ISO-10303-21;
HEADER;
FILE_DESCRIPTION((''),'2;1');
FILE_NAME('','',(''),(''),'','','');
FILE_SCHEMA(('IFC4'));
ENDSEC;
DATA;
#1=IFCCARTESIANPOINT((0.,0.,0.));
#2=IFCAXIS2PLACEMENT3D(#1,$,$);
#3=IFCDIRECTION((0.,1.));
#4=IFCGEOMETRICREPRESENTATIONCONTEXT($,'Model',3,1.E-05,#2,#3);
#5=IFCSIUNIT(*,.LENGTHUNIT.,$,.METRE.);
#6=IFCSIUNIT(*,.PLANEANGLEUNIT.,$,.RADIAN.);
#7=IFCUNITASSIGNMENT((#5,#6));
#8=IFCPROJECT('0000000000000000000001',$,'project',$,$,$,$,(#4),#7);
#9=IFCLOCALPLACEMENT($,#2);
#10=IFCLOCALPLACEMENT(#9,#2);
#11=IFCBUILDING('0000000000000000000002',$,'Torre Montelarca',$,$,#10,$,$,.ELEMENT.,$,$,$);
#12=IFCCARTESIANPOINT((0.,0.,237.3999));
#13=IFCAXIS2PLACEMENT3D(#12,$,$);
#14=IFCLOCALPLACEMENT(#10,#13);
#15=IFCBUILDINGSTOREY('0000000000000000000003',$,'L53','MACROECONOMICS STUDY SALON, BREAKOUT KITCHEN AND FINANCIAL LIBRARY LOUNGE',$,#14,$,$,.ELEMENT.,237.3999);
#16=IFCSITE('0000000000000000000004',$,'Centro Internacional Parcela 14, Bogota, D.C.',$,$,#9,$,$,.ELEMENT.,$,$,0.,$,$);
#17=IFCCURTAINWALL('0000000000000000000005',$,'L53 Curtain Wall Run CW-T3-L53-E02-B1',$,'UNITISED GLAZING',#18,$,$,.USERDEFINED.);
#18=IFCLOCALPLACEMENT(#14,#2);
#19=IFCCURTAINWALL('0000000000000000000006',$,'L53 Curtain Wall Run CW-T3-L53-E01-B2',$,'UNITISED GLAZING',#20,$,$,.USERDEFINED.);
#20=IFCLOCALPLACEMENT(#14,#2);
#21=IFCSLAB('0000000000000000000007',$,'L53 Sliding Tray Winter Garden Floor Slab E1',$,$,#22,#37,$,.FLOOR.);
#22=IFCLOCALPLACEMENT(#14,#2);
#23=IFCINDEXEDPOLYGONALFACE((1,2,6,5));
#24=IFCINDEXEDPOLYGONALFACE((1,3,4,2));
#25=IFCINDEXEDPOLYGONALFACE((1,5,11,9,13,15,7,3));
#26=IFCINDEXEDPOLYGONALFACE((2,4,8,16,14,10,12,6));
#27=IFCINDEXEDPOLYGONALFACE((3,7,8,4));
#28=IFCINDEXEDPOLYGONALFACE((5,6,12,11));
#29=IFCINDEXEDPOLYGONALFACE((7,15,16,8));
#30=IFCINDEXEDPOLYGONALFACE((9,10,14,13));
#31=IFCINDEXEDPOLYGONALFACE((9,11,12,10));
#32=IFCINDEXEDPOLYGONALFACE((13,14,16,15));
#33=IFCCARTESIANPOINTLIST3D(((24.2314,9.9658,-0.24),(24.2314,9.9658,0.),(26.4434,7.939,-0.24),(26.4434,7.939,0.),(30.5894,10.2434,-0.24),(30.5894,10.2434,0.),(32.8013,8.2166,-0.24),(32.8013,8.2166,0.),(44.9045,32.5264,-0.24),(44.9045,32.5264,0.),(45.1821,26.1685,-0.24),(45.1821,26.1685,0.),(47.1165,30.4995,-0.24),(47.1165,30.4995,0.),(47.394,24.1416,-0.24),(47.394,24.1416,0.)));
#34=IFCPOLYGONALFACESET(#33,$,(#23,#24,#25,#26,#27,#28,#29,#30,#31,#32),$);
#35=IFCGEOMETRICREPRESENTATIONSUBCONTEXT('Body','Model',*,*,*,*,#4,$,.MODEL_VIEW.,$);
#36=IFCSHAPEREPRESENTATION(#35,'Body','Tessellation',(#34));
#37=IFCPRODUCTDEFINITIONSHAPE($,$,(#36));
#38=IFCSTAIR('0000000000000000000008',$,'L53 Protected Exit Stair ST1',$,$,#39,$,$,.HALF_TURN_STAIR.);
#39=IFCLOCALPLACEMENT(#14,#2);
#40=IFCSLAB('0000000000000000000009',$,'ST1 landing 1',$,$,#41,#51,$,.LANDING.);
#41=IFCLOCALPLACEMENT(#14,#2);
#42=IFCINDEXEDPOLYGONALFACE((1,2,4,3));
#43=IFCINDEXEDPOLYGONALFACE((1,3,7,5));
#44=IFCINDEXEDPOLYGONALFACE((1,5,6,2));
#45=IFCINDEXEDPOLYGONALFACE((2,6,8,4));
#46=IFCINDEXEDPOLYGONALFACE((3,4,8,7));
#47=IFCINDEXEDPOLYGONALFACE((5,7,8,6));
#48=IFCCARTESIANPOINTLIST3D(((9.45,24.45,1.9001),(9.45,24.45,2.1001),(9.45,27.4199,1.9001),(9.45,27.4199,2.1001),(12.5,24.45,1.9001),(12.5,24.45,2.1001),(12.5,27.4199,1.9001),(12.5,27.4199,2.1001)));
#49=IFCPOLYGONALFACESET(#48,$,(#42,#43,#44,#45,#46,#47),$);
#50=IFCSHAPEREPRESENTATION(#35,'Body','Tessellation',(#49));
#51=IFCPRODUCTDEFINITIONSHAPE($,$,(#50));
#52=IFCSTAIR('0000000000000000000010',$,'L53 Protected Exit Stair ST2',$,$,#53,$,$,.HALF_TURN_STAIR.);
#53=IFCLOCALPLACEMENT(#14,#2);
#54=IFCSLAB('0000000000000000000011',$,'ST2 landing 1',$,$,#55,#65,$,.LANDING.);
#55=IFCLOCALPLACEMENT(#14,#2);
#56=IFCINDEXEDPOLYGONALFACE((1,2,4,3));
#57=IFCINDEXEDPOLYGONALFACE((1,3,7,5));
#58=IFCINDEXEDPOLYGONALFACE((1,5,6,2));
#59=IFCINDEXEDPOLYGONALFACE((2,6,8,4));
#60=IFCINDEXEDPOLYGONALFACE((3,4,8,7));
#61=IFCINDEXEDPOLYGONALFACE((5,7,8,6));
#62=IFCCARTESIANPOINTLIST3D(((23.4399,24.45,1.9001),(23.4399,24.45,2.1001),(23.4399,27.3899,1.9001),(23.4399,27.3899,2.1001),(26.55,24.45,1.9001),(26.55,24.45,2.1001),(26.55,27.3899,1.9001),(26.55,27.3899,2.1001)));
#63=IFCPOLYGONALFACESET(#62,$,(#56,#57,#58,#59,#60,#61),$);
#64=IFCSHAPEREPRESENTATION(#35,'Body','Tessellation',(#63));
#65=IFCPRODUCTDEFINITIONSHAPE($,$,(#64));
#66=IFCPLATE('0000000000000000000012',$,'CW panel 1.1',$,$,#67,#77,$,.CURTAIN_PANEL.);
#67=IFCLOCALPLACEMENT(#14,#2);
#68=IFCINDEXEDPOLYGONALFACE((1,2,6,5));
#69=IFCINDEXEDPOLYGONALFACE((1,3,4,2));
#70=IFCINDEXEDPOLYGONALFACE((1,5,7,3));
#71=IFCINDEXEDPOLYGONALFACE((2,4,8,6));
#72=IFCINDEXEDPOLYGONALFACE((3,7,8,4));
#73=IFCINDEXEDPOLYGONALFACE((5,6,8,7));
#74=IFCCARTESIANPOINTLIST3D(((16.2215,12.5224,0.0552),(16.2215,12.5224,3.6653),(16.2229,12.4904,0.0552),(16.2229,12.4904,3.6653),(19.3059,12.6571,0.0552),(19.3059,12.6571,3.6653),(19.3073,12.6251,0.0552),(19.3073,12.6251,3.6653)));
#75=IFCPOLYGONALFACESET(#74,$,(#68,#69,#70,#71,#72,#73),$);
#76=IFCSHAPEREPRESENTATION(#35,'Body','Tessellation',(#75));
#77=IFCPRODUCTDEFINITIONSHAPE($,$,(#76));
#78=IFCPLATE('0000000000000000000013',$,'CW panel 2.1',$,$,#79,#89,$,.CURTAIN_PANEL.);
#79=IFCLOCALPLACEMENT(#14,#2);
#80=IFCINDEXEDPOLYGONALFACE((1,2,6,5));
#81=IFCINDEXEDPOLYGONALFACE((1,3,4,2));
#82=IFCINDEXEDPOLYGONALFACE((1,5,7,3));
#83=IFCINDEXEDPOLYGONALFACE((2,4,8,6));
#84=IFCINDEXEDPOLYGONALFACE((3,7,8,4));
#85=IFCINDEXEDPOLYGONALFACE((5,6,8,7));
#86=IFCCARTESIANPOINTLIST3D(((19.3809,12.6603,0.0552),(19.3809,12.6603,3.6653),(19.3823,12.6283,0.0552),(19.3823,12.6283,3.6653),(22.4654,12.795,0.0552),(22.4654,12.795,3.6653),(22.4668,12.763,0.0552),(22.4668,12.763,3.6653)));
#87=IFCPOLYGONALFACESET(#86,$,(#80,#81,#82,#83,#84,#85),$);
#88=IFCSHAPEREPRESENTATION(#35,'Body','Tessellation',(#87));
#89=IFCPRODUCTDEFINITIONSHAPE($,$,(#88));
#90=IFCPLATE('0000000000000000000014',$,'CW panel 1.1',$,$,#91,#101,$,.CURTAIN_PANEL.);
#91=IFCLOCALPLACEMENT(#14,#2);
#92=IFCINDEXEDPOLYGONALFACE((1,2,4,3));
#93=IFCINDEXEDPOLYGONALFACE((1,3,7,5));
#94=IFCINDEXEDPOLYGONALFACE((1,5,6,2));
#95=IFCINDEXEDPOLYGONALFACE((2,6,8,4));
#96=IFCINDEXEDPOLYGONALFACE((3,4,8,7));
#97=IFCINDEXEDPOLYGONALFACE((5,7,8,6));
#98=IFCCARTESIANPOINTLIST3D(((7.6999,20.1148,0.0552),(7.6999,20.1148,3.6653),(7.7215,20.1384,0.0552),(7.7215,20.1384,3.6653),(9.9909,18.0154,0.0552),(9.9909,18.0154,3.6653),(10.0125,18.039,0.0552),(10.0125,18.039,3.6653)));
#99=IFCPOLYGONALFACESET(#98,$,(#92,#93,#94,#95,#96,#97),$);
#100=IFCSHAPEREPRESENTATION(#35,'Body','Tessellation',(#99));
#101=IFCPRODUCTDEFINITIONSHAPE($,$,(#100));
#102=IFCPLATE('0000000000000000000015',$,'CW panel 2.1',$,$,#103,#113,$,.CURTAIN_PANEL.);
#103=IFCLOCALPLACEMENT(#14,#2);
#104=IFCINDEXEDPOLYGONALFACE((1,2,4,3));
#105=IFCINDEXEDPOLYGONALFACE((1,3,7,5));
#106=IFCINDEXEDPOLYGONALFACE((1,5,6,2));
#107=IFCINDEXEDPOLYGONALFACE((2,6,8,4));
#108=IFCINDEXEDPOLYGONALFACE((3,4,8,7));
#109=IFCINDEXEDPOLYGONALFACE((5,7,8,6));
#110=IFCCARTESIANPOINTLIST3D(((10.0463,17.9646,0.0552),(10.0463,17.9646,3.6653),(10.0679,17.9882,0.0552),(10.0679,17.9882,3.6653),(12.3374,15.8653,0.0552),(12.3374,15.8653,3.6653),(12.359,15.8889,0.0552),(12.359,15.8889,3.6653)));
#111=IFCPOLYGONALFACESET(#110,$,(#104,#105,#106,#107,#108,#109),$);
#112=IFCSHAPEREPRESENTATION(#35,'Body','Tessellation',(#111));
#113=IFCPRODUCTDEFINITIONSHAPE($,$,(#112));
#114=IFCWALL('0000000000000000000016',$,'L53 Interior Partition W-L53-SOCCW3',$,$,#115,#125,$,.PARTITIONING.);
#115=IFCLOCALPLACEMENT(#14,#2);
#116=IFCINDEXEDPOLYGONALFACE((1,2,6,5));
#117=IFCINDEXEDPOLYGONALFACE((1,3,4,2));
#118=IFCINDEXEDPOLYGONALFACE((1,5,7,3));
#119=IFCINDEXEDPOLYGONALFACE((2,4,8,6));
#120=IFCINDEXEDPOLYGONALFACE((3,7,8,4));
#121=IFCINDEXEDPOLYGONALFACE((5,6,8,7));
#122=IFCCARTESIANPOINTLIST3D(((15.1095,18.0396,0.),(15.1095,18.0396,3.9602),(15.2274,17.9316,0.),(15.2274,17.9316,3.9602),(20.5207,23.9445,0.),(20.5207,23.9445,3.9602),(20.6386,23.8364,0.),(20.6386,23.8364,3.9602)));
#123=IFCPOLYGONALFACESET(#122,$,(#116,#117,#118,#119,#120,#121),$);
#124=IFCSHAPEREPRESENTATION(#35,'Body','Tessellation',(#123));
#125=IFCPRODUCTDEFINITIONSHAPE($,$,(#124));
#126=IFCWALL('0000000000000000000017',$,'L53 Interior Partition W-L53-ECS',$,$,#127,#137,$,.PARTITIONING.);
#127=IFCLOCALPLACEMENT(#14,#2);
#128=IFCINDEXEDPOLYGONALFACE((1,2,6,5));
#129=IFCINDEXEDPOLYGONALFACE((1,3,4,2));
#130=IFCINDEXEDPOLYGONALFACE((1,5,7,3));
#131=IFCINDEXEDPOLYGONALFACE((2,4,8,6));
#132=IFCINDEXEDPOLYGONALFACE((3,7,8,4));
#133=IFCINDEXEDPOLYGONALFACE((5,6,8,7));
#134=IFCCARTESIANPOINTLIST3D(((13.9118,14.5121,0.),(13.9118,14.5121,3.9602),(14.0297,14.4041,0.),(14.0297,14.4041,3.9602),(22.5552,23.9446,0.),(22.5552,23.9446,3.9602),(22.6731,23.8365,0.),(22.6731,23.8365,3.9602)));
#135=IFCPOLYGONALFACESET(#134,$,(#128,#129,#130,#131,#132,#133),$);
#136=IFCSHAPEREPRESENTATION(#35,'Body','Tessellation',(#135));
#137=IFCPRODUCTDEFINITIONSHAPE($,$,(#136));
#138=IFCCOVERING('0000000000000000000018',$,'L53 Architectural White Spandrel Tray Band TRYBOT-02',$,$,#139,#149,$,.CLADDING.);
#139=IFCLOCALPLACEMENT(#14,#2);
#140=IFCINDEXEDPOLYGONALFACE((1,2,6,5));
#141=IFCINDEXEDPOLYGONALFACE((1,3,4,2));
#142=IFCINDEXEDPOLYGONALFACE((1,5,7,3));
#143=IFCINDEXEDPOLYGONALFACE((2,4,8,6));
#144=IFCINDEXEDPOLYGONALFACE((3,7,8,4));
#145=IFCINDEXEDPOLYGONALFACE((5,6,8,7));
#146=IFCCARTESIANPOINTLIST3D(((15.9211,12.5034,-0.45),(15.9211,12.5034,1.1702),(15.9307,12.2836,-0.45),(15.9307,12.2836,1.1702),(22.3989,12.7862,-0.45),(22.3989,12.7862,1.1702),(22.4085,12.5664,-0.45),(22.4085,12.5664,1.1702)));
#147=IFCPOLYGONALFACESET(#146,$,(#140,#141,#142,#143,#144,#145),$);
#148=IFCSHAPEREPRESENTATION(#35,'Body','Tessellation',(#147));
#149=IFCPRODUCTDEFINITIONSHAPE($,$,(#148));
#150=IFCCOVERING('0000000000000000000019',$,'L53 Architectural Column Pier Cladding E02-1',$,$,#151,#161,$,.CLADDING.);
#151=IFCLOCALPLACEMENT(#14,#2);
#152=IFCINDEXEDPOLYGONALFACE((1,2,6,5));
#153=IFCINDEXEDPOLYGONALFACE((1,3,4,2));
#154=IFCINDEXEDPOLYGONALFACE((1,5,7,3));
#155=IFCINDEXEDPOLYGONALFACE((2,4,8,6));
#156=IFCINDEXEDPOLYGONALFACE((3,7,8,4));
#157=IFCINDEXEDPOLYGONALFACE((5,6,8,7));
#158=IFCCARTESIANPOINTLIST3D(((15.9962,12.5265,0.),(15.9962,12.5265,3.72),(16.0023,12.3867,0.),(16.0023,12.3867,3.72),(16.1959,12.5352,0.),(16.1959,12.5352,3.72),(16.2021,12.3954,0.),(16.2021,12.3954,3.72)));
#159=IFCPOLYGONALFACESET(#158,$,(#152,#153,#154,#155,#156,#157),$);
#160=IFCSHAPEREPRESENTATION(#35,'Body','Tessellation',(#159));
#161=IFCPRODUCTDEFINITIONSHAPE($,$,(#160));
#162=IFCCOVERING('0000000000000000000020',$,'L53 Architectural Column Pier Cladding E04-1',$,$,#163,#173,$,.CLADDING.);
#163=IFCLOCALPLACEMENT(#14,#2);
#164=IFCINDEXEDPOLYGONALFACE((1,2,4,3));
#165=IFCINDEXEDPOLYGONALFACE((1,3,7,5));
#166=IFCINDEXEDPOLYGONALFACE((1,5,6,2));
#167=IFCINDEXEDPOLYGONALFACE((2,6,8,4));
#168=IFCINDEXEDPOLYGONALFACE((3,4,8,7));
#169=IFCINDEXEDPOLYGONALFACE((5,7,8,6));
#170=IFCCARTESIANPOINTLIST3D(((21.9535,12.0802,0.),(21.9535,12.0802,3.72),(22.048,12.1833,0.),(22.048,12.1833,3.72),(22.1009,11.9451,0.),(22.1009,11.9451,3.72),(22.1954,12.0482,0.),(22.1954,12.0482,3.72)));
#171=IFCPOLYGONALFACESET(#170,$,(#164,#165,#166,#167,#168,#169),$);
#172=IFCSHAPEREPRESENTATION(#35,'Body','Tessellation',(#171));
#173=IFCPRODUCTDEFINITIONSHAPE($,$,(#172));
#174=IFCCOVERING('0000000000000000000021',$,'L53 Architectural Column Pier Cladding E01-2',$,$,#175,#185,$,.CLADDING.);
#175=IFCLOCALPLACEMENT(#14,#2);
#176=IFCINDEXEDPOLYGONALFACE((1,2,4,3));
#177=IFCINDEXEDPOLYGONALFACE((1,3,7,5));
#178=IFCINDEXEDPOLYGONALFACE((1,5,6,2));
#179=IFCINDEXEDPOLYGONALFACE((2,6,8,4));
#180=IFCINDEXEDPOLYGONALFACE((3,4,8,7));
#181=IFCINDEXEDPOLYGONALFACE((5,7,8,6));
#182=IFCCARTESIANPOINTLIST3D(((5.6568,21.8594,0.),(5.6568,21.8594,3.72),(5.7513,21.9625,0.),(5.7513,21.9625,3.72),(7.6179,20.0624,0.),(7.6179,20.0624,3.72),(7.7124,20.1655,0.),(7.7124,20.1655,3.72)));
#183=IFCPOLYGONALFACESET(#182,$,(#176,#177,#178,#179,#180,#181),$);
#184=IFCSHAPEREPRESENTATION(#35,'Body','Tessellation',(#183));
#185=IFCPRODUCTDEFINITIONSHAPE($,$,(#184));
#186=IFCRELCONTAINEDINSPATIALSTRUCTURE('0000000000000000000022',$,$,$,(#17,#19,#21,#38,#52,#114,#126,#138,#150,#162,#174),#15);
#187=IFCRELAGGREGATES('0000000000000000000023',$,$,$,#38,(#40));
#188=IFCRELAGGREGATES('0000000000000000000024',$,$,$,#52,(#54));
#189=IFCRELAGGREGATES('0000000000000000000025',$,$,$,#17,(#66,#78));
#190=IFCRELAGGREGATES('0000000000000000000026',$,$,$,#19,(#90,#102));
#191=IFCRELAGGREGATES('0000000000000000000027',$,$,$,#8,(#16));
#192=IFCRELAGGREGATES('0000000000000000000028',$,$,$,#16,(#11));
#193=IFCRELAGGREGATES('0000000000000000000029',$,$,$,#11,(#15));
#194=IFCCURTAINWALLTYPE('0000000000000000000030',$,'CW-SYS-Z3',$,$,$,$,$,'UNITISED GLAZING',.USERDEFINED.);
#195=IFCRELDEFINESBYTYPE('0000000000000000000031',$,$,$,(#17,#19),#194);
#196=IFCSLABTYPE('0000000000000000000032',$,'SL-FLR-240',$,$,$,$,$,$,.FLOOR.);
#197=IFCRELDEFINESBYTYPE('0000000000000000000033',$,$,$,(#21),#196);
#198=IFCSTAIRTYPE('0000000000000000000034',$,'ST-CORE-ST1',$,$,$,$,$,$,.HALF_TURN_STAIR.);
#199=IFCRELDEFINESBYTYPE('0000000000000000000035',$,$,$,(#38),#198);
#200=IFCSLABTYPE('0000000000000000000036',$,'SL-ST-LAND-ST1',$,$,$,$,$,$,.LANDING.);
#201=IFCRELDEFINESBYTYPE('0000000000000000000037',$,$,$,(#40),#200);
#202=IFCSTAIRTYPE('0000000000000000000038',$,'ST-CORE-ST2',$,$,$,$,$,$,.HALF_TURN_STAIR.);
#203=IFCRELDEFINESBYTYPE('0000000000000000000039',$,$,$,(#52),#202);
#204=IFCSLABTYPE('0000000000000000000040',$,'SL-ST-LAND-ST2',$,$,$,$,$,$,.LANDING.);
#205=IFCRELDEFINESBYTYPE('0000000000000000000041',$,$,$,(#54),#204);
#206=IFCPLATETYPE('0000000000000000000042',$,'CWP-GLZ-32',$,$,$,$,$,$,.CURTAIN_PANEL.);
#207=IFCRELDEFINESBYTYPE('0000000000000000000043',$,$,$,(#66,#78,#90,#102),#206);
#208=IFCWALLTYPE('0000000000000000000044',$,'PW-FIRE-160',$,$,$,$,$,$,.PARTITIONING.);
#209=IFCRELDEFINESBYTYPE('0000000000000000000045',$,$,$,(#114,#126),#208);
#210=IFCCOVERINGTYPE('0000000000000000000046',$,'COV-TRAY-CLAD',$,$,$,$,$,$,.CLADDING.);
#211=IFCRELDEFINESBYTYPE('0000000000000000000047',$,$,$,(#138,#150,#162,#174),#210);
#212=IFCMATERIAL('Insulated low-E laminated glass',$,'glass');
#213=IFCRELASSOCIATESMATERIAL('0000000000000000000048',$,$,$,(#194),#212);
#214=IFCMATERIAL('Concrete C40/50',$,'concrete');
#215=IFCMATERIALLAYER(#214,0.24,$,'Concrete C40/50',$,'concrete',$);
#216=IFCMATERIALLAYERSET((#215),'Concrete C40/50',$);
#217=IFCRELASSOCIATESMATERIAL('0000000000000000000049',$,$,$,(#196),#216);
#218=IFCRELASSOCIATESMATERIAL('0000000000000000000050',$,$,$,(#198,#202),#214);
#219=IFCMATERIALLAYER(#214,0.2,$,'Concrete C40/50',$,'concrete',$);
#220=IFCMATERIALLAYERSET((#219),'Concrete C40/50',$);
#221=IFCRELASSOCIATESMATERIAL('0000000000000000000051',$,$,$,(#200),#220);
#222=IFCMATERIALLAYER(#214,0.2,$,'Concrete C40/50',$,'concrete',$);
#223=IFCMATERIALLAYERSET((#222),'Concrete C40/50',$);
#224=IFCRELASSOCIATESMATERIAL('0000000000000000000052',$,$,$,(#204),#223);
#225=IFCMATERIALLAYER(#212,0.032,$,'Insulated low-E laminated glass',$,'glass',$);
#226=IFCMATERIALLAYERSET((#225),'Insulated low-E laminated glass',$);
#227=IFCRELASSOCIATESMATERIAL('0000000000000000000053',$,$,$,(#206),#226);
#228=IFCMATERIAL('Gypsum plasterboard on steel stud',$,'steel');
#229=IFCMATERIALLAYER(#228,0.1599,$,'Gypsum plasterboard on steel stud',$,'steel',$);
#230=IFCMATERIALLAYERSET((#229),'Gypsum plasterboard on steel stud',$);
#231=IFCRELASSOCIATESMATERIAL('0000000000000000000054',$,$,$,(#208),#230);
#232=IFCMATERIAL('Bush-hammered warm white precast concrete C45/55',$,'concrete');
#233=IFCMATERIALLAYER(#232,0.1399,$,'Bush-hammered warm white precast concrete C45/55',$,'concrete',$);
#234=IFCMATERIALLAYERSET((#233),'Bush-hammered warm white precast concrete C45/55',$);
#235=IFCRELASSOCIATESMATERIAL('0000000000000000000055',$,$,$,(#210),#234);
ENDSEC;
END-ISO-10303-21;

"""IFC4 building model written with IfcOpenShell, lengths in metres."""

from ifc_helpers import new_model, si_unit, direction, frame, frame_2d, origin, origin_2d, place, context, subcontext, project, spatial, polyline, rectangle, outline, extrude, source, transform, mapped, material, layer, layer_set, type_object, element, aggregate, save


model = new_model("IFC4")

# Units and contexts
model_context = context("Model", 3, precision=1e-05, world=origin(), true_north=direction((0.0, 1.0)))
body_context = subcontext(model_context, "Body", "Model", "MODEL_VIEW")
ifc_project = project(units=[si_unit("LENGTHUNIT", "METRE"), si_unit("PLANEANGLEUNIT", "RADIAN")], contexts=[model_context])

# Site, building, storey
site_placement = place(None, origin())
site = spatial("IfcSite", under=ifc_project, at=site_placement, Name="Centro Internacional Parcela 14, Bogota, D.C.", CompositionType="ELEMENT", RefElevation=0.0)
building_placement = place(site_placement, origin())
building = spatial("IfcBuilding", under=site, at=building_placement, Name="Torre Montelarca", CompositionType="ELEMENT")
storey_placement = place(building_placement, frame((0.0, 0.0, 237.3999)))
storey = spatial("IfcBuildingStorey", under=building, at=storey_placement, Name="L53", Description="MACROECONOMICS STUDY SALON, BREAKOUT KITCHEN AND FINANCIAL LIBRARY LOUNGE", CompositionType="ELEMENT", Elevation=237.3999)

# Curtain walls
ifc_material_1 = material(Name="Insulated low-E laminated glass", Category="glass")
curtain_wall_type = type_object("IfcCurtainWallType", Name="CW-SYS-Z3", ElementType="UNITISED GLAZING", PredefinedType="USERDEFINED", material=ifc_material_1)
curtain_wall_1_placement = place(storey_placement, origin())
curtain_wall_1 = element("IfcCurtainWall", 1, at=curtain_wall_1_placement, inside=storey, type_object=curtain_wall_type, Name="L53 Curtain Wall Run CW-T3-L53-E02-B1", ObjectType="UNITISED GLAZING", PredefinedType="USERDEFINED")
curtain_wall_2_placement = place(storey_placement, origin())
curtain_wall_2 = element("IfcCurtainWall", 2, at=curtain_wall_2_placement, inside=storey, type_object=curtain_wall_type, Name="L53 Curtain Wall Run CW-T3-L53-E01-B2", ObjectType="UNITISED GLAZING", PredefinedType="USERDEFINED")

# Slab
ifc_material_2 = material(Name="Concrete C40/50", Category="concrete")
ifc_layer_1 = layer(ifc_material_2, 0.24, Name="Concrete C40/50", Category="concrete")
ifc_layer_set_1 = layer_set([ifc_layer_1], Name="Concrete C40/50")
slab_type_1 = type_object("IfcSlabType", Name="SL-FLR-240", PredefinedType="FLOOR", material=ifc_layer_set_1)
slab_1_placement = place(storey_placement, frame((0.0, 0.0, -0.24)))
element("IfcSlab", 3, at=slab_1_placement, inside=storey, type_object=slab_type_1, Name="L53 Sliding Tray Winter Garden Floor Slab E1", PredefinedType="FLOOR", context=body_context, shape_type="SweptSolid", body=[
    extrude(outline(polyline([(44.9045, 32.5264), (45.1821, 26.1685), (30.5894, 10.2434), (24.2314, 9.9658), (26.4434, 7.939), (32.8013, 8.2166), (47.394, 24.1416), (47.1165, 30.4995), (44.9045, 32.5264)])), origin(), (0.0, 0.0, 1.0), 0.24),
])

# Stairs, slabs
stair_type_1 = type_object("IfcStairType", Name="ST-CORE-ST1", PredefinedType="HALF_TURN_STAIR", material=ifc_material_2)
stair_1_placement = place(storey_placement, origin())
stair_1 = element("IfcStair", 4, at=stair_1_placement, inside=storey, type_object=stair_type_1, Name="L53 Protected Exit Stair ST1", PredefinedType="HALF_TURN_STAIR")
ifc_layer_2 = layer(ifc_material_2, 0.2, Name="Concrete C40/50", Category="concrete")
ifc_layer_set_2 = layer_set([ifc_layer_2], Name="Concrete C40/50")
slab_type_2 = type_object("IfcSlabType", Name="SL-ST-LAND-ST1", PredefinedType="LANDING", material=ifc_layer_set_2)
slab_2_placement = place(storey_placement, frame((0.0, 0.0, 1.9001)))
slab_2 = element("IfcSlab", 5, at=slab_2_placement, type_object=slab_type_2, Name="ST1 landing 1", PredefinedType="LANDING", context=body_context, shape_type="SweptSolid", body=[
    extrude(outline(polyline([(9.45, 27.4199), (9.45, 24.45), (12.5, 24.45), (12.5, 27.4199), (9.45, 27.4199)])), origin(), (0.0, 0.0, 1.0), 0.2),
])
aggregate(stair_1, [slab_2])
stair_type_2 = type_object("IfcStairType", Name="ST-CORE-ST2", PredefinedType="HALF_TURN_STAIR", material=ifc_material_2)
stair_2_placement = place(storey_placement, origin())
stair_2 = element("IfcStair", 6, at=stair_2_placement, inside=storey, type_object=stair_type_2, Name="L53 Protected Exit Stair ST2", PredefinedType="HALF_TURN_STAIR")
ifc_layer_3 = layer(ifc_material_2, 0.2, Name="Concrete C40/50", Category="concrete")
ifc_layer_set_3 = layer_set([ifc_layer_3], Name="Concrete C40/50")
slab_type_3 = type_object("IfcSlabType", Name="SL-ST-LAND-ST2", PredefinedType="LANDING", material=ifc_layer_set_3)
slab_3_placement = place(storey_placement, frame((0.0, 0.0, 1.9001)))
slab_3 = element("IfcSlab", 7, at=slab_3_placement, type_object=slab_type_3, Name="ST2 landing 1", PredefinedType="LANDING", context=body_context, shape_type="SweptSolid", body=[
    extrude(outline(polyline([(23.4399, 27.3899), (23.4399, 24.45), (26.55, 24.45), (26.55, 27.3899), (23.4399, 27.3899)])), origin(), (0.0, 0.0, 1.0), 0.2),
])
aggregate(stair_2, [slab_3])

# Plates
ifc_layer_4 = layer(ifc_material_1, 0.032, Name="Insulated low-E laminated glass", Category="glass")
ifc_layer_set_4 = layer_set([ifc_layer_4], Name="Insulated low-E laminated glass")
plate_type = type_object("IfcPlateType", Name="CWP-GLZ-32", PredefinedType="CURTAIN_PANEL", material=ifc_layer_set_4)
shared_shape_1 = source(origin(), body_context, "Body", "SweptSolid", [
    extrude(rectangle(XDim=3.0874, YDim=0.032, at=origin_2d()), origin(), (0.0, 0.0, 1.0), 3.6101),
])
plate_1_placement = place(storey_placement, frame((17.7644, 12.5737, 0.0552), z_axis=(0.0, 0.0, 1.0), x_axis=(0.999048, 0.043625, 0.0)))
plate_1 = element("IfcPlate", 8, at=plate_1_placement, type_object=plate_type, Name="CW panel 1.1", PredefinedType="CURTAIN_PANEL", context=body_context, shape_type="MappedRepresentation", body=[
    mapped(shared_shape_1, transform((0.0, 0.0, 0.0), scale=1.0)),
])
plate_2_placement = place(storey_placement, frame((20.9238, 12.7117, 0.0552), z_axis=(0.0, 0.0, 1.0), x_axis=(0.999048, 0.043625, 0.0)))
plate_2 = element("IfcPlate", 9, at=plate_2_placement, type_object=plate_type, Name="CW panel 2.1", PredefinedType="CURTAIN_PANEL", context=body_context, shape_type="MappedRepresentation", body=[
    mapped(shared_shape_1, transform((0.0, 0.0, 0.0), scale=1.0)),
])
aggregate(curtain_wall_1, [plate_1, plate_2])
shared_shape_2 = source(origin(), body_context, "Body", "SweptSolid", [
    extrude(rectangle(XDim=3.1074, YDim=0.032, at=origin_2d()), origin(), (0.0, 0.0, 1.0), 3.6101),
])
plate_3_placement = place(storey_placement, frame((8.8562, 19.0769, 0.0552), z_axis=(0.0, 0.0, 1.0), x_axis=(0.73728, -0.675588, 0.0)))
plate_3 = element("IfcPlate", 10, at=plate_3_placement, type_object=plate_type, Name="CW panel 1.1", PredefinedType="CURTAIN_PANEL", context=body_context, shape_type="MappedRepresentation", body=[
    mapped(shared_shape_2, transform((0.0, 0.0, 0.0), scale=1.0)),
])
plate_4_placement = place(storey_placement, frame((11.2026, 16.9268, 0.0552), z_axis=(0.0, 0.0, 1.0), x_axis=(0.73728, -0.675588, 0.0)))
plate_4 = element("IfcPlate", 11, at=plate_4_placement, type_object=plate_type, Name="CW panel 2.1", PredefinedType="CURTAIN_PANEL", context=body_context, shape_type="MappedRepresentation", body=[
    mapped(shared_shape_2, transform((0.0, 0.0, 0.0), scale=1.0)),
])
aggregate(curtain_wall_2, [plate_3, plate_4])

# Walls
ifc_material_3 = material(Name="Gypsum plasterboard on steel stud", Category="steel")
ifc_layer_5 = layer(ifc_material_3, 0.1599, Name="Gypsum plasterboard on steel stud", Category="steel")
ifc_layer_set_5 = layer_set([ifc_layer_5], Name="Gypsum plasterboard on steel stud")
wall_type = type_object("IfcWallType", Name="PW-FIRE-160", PredefinedType="PARTITIONING", material=ifc_layer_set_5)
wall_1_placement = place(storey_placement, frame((15.1685, 17.9856, 0.0), z_axis=(0.0, 0.0, 1.0), x_axis=(0.675617, 0.737253, 0.0)))
element("IfcWall", 12, at=wall_1_placement, inside=storey, type_object=wall_type, Name="L53 Interior Partition W-L53-SOCCW3", PredefinedType="PARTITIONING", context=body_context, shape_type="SweptSolid", body=[
    extrude(rectangle(XDim=8.0093, YDim=0.1599, at=frame_2d((4.0046, 0.0))), origin(), (0.0, 0.0, 1.0), 3.9602),
])
wall_2_placement = place(storey_placement, frame((13.9707, 14.458, 0.0), z_axis=(0.0, 0.0, 1.0), x_axis=(0.675596, 0.737272, 0.0)))
element("IfcWall", 13, at=wall_2_placement, inside=storey, type_object=wall_type, Name="L53 Interior Partition W-L53-ECS", PredefinedType="PARTITIONING", context=body_context, shape_type="SweptSolid", body=[
    extrude(rectangle(XDim=12.7937, YDim=0.1599, at=frame_2d((6.397, 0.0))), origin(), (0.0, 0.0, 1.0), 3.9602),
])

# Coverings
ifc_material_4 = material(Name="Bush-hammered warm white precast concrete C45/55", Category="concrete")
ifc_layer_6 = layer(ifc_material_4, 0.1399, Name="Bush-hammered warm white precast concrete C45/55", Category="concrete")
ifc_layer_set_6 = layer_set([ifc_layer_6], Name="Bush-hammered warm white precast concrete C45/55")
covering_type = type_object("IfcCoveringType", Name="COV-TRAY-CLAD", PredefinedType="CLADDING", material=ifc_layer_set_6)
shared_shape_3 = source(origin(), body_context, "Body", "SweptSolid", [
    extrude(rectangle(XDim=6.4839, YDim=0.22, at=origin_2d()), origin(), (0.0, 0.0, 1.0), 1.6201),
])
covering_1_placement = place(storey_placement, frame((19.1648, 12.5349, -0.45), z_axis=(0.0, 0.0, 1.0), x_axis=(0.999048, 0.043621, 0.0)))
element("IfcCovering", 14, at=covering_1_placement, inside=storey, type_object=covering_type, Name="L53 Architectural White Spandrel Tray Band TRYBOT-02", PredefinedType="CLADDING", context=body_context, shape_type="MappedRepresentation", body=[
    mapped(shared_shape_3, transform((0.0, 0.0, 0.0), scale=1.0)),
])
shared_shape_4 = source(origin(), body_context, "Body", "SweptSolid", [
    extrude(rectangle(XDim=0.2, YDim=0.1399, at=origin_2d()), origin(), (0.0, 0.0, 1.0), 3.72),
])
for number, where, z_axis, x_axis, name in (
    (15, (16.0991, 12.4609, 0.0), (0.0, 0.0, 1.0), (0.999047, 0.043637, 0.0), "L53 Architectural Column Pier Cladding E02-1"),
    (16, (22.0745, 12.0642, 0.0), (0.0, 0.0, 1.0), (0.737282, -0.675585, 0.0), "L53 Architectural Column Pier Cladding E04-1"),
):
    element("IfcCovering", number, at=place(storey_placement, frame(where, z_axis=z_axis, x_axis=x_axis)), inside=storey, type_object=covering_type, Name=name, PredefinedType="CLADDING", context=body_context, shape_type="MappedRepresentation", body=[
        mapped(shared_shape_4, transform((0.0, 0.0, 0.0), scale=1.0)),
    ])
shared_shape_5 = source(origin(), body_context, "Body", "SweptSolid", [
    extrude(rectangle(XDim=2.6599, YDim=0.1399, at=origin_2d()), origin(), (0.0, 0.0, 1.0), 3.72),
])
for number, where, z_axis, x_axis, name in (
    (17, (6.6846, 21.0125, 0.0), (0.0, 0.0, 1.0), (0.737277, -0.67559, 0.0), "L53 Architectural Column Pier Cladding E01-2"),
):
    element("IfcCovering", number, at=place(storey_placement, frame(where, z_axis=z_axis, x_axis=x_axis)), inside=storey, type_object=covering_type, Name=name, PredefinedType="CLADDING", context=body_context, shape_type="MappedRepresentation", body=[
        mapped(shared_shape_5, transform((0.0, 0.0, 0.0), scale=1.0)),
    ])

save(model, "model.ifc")
